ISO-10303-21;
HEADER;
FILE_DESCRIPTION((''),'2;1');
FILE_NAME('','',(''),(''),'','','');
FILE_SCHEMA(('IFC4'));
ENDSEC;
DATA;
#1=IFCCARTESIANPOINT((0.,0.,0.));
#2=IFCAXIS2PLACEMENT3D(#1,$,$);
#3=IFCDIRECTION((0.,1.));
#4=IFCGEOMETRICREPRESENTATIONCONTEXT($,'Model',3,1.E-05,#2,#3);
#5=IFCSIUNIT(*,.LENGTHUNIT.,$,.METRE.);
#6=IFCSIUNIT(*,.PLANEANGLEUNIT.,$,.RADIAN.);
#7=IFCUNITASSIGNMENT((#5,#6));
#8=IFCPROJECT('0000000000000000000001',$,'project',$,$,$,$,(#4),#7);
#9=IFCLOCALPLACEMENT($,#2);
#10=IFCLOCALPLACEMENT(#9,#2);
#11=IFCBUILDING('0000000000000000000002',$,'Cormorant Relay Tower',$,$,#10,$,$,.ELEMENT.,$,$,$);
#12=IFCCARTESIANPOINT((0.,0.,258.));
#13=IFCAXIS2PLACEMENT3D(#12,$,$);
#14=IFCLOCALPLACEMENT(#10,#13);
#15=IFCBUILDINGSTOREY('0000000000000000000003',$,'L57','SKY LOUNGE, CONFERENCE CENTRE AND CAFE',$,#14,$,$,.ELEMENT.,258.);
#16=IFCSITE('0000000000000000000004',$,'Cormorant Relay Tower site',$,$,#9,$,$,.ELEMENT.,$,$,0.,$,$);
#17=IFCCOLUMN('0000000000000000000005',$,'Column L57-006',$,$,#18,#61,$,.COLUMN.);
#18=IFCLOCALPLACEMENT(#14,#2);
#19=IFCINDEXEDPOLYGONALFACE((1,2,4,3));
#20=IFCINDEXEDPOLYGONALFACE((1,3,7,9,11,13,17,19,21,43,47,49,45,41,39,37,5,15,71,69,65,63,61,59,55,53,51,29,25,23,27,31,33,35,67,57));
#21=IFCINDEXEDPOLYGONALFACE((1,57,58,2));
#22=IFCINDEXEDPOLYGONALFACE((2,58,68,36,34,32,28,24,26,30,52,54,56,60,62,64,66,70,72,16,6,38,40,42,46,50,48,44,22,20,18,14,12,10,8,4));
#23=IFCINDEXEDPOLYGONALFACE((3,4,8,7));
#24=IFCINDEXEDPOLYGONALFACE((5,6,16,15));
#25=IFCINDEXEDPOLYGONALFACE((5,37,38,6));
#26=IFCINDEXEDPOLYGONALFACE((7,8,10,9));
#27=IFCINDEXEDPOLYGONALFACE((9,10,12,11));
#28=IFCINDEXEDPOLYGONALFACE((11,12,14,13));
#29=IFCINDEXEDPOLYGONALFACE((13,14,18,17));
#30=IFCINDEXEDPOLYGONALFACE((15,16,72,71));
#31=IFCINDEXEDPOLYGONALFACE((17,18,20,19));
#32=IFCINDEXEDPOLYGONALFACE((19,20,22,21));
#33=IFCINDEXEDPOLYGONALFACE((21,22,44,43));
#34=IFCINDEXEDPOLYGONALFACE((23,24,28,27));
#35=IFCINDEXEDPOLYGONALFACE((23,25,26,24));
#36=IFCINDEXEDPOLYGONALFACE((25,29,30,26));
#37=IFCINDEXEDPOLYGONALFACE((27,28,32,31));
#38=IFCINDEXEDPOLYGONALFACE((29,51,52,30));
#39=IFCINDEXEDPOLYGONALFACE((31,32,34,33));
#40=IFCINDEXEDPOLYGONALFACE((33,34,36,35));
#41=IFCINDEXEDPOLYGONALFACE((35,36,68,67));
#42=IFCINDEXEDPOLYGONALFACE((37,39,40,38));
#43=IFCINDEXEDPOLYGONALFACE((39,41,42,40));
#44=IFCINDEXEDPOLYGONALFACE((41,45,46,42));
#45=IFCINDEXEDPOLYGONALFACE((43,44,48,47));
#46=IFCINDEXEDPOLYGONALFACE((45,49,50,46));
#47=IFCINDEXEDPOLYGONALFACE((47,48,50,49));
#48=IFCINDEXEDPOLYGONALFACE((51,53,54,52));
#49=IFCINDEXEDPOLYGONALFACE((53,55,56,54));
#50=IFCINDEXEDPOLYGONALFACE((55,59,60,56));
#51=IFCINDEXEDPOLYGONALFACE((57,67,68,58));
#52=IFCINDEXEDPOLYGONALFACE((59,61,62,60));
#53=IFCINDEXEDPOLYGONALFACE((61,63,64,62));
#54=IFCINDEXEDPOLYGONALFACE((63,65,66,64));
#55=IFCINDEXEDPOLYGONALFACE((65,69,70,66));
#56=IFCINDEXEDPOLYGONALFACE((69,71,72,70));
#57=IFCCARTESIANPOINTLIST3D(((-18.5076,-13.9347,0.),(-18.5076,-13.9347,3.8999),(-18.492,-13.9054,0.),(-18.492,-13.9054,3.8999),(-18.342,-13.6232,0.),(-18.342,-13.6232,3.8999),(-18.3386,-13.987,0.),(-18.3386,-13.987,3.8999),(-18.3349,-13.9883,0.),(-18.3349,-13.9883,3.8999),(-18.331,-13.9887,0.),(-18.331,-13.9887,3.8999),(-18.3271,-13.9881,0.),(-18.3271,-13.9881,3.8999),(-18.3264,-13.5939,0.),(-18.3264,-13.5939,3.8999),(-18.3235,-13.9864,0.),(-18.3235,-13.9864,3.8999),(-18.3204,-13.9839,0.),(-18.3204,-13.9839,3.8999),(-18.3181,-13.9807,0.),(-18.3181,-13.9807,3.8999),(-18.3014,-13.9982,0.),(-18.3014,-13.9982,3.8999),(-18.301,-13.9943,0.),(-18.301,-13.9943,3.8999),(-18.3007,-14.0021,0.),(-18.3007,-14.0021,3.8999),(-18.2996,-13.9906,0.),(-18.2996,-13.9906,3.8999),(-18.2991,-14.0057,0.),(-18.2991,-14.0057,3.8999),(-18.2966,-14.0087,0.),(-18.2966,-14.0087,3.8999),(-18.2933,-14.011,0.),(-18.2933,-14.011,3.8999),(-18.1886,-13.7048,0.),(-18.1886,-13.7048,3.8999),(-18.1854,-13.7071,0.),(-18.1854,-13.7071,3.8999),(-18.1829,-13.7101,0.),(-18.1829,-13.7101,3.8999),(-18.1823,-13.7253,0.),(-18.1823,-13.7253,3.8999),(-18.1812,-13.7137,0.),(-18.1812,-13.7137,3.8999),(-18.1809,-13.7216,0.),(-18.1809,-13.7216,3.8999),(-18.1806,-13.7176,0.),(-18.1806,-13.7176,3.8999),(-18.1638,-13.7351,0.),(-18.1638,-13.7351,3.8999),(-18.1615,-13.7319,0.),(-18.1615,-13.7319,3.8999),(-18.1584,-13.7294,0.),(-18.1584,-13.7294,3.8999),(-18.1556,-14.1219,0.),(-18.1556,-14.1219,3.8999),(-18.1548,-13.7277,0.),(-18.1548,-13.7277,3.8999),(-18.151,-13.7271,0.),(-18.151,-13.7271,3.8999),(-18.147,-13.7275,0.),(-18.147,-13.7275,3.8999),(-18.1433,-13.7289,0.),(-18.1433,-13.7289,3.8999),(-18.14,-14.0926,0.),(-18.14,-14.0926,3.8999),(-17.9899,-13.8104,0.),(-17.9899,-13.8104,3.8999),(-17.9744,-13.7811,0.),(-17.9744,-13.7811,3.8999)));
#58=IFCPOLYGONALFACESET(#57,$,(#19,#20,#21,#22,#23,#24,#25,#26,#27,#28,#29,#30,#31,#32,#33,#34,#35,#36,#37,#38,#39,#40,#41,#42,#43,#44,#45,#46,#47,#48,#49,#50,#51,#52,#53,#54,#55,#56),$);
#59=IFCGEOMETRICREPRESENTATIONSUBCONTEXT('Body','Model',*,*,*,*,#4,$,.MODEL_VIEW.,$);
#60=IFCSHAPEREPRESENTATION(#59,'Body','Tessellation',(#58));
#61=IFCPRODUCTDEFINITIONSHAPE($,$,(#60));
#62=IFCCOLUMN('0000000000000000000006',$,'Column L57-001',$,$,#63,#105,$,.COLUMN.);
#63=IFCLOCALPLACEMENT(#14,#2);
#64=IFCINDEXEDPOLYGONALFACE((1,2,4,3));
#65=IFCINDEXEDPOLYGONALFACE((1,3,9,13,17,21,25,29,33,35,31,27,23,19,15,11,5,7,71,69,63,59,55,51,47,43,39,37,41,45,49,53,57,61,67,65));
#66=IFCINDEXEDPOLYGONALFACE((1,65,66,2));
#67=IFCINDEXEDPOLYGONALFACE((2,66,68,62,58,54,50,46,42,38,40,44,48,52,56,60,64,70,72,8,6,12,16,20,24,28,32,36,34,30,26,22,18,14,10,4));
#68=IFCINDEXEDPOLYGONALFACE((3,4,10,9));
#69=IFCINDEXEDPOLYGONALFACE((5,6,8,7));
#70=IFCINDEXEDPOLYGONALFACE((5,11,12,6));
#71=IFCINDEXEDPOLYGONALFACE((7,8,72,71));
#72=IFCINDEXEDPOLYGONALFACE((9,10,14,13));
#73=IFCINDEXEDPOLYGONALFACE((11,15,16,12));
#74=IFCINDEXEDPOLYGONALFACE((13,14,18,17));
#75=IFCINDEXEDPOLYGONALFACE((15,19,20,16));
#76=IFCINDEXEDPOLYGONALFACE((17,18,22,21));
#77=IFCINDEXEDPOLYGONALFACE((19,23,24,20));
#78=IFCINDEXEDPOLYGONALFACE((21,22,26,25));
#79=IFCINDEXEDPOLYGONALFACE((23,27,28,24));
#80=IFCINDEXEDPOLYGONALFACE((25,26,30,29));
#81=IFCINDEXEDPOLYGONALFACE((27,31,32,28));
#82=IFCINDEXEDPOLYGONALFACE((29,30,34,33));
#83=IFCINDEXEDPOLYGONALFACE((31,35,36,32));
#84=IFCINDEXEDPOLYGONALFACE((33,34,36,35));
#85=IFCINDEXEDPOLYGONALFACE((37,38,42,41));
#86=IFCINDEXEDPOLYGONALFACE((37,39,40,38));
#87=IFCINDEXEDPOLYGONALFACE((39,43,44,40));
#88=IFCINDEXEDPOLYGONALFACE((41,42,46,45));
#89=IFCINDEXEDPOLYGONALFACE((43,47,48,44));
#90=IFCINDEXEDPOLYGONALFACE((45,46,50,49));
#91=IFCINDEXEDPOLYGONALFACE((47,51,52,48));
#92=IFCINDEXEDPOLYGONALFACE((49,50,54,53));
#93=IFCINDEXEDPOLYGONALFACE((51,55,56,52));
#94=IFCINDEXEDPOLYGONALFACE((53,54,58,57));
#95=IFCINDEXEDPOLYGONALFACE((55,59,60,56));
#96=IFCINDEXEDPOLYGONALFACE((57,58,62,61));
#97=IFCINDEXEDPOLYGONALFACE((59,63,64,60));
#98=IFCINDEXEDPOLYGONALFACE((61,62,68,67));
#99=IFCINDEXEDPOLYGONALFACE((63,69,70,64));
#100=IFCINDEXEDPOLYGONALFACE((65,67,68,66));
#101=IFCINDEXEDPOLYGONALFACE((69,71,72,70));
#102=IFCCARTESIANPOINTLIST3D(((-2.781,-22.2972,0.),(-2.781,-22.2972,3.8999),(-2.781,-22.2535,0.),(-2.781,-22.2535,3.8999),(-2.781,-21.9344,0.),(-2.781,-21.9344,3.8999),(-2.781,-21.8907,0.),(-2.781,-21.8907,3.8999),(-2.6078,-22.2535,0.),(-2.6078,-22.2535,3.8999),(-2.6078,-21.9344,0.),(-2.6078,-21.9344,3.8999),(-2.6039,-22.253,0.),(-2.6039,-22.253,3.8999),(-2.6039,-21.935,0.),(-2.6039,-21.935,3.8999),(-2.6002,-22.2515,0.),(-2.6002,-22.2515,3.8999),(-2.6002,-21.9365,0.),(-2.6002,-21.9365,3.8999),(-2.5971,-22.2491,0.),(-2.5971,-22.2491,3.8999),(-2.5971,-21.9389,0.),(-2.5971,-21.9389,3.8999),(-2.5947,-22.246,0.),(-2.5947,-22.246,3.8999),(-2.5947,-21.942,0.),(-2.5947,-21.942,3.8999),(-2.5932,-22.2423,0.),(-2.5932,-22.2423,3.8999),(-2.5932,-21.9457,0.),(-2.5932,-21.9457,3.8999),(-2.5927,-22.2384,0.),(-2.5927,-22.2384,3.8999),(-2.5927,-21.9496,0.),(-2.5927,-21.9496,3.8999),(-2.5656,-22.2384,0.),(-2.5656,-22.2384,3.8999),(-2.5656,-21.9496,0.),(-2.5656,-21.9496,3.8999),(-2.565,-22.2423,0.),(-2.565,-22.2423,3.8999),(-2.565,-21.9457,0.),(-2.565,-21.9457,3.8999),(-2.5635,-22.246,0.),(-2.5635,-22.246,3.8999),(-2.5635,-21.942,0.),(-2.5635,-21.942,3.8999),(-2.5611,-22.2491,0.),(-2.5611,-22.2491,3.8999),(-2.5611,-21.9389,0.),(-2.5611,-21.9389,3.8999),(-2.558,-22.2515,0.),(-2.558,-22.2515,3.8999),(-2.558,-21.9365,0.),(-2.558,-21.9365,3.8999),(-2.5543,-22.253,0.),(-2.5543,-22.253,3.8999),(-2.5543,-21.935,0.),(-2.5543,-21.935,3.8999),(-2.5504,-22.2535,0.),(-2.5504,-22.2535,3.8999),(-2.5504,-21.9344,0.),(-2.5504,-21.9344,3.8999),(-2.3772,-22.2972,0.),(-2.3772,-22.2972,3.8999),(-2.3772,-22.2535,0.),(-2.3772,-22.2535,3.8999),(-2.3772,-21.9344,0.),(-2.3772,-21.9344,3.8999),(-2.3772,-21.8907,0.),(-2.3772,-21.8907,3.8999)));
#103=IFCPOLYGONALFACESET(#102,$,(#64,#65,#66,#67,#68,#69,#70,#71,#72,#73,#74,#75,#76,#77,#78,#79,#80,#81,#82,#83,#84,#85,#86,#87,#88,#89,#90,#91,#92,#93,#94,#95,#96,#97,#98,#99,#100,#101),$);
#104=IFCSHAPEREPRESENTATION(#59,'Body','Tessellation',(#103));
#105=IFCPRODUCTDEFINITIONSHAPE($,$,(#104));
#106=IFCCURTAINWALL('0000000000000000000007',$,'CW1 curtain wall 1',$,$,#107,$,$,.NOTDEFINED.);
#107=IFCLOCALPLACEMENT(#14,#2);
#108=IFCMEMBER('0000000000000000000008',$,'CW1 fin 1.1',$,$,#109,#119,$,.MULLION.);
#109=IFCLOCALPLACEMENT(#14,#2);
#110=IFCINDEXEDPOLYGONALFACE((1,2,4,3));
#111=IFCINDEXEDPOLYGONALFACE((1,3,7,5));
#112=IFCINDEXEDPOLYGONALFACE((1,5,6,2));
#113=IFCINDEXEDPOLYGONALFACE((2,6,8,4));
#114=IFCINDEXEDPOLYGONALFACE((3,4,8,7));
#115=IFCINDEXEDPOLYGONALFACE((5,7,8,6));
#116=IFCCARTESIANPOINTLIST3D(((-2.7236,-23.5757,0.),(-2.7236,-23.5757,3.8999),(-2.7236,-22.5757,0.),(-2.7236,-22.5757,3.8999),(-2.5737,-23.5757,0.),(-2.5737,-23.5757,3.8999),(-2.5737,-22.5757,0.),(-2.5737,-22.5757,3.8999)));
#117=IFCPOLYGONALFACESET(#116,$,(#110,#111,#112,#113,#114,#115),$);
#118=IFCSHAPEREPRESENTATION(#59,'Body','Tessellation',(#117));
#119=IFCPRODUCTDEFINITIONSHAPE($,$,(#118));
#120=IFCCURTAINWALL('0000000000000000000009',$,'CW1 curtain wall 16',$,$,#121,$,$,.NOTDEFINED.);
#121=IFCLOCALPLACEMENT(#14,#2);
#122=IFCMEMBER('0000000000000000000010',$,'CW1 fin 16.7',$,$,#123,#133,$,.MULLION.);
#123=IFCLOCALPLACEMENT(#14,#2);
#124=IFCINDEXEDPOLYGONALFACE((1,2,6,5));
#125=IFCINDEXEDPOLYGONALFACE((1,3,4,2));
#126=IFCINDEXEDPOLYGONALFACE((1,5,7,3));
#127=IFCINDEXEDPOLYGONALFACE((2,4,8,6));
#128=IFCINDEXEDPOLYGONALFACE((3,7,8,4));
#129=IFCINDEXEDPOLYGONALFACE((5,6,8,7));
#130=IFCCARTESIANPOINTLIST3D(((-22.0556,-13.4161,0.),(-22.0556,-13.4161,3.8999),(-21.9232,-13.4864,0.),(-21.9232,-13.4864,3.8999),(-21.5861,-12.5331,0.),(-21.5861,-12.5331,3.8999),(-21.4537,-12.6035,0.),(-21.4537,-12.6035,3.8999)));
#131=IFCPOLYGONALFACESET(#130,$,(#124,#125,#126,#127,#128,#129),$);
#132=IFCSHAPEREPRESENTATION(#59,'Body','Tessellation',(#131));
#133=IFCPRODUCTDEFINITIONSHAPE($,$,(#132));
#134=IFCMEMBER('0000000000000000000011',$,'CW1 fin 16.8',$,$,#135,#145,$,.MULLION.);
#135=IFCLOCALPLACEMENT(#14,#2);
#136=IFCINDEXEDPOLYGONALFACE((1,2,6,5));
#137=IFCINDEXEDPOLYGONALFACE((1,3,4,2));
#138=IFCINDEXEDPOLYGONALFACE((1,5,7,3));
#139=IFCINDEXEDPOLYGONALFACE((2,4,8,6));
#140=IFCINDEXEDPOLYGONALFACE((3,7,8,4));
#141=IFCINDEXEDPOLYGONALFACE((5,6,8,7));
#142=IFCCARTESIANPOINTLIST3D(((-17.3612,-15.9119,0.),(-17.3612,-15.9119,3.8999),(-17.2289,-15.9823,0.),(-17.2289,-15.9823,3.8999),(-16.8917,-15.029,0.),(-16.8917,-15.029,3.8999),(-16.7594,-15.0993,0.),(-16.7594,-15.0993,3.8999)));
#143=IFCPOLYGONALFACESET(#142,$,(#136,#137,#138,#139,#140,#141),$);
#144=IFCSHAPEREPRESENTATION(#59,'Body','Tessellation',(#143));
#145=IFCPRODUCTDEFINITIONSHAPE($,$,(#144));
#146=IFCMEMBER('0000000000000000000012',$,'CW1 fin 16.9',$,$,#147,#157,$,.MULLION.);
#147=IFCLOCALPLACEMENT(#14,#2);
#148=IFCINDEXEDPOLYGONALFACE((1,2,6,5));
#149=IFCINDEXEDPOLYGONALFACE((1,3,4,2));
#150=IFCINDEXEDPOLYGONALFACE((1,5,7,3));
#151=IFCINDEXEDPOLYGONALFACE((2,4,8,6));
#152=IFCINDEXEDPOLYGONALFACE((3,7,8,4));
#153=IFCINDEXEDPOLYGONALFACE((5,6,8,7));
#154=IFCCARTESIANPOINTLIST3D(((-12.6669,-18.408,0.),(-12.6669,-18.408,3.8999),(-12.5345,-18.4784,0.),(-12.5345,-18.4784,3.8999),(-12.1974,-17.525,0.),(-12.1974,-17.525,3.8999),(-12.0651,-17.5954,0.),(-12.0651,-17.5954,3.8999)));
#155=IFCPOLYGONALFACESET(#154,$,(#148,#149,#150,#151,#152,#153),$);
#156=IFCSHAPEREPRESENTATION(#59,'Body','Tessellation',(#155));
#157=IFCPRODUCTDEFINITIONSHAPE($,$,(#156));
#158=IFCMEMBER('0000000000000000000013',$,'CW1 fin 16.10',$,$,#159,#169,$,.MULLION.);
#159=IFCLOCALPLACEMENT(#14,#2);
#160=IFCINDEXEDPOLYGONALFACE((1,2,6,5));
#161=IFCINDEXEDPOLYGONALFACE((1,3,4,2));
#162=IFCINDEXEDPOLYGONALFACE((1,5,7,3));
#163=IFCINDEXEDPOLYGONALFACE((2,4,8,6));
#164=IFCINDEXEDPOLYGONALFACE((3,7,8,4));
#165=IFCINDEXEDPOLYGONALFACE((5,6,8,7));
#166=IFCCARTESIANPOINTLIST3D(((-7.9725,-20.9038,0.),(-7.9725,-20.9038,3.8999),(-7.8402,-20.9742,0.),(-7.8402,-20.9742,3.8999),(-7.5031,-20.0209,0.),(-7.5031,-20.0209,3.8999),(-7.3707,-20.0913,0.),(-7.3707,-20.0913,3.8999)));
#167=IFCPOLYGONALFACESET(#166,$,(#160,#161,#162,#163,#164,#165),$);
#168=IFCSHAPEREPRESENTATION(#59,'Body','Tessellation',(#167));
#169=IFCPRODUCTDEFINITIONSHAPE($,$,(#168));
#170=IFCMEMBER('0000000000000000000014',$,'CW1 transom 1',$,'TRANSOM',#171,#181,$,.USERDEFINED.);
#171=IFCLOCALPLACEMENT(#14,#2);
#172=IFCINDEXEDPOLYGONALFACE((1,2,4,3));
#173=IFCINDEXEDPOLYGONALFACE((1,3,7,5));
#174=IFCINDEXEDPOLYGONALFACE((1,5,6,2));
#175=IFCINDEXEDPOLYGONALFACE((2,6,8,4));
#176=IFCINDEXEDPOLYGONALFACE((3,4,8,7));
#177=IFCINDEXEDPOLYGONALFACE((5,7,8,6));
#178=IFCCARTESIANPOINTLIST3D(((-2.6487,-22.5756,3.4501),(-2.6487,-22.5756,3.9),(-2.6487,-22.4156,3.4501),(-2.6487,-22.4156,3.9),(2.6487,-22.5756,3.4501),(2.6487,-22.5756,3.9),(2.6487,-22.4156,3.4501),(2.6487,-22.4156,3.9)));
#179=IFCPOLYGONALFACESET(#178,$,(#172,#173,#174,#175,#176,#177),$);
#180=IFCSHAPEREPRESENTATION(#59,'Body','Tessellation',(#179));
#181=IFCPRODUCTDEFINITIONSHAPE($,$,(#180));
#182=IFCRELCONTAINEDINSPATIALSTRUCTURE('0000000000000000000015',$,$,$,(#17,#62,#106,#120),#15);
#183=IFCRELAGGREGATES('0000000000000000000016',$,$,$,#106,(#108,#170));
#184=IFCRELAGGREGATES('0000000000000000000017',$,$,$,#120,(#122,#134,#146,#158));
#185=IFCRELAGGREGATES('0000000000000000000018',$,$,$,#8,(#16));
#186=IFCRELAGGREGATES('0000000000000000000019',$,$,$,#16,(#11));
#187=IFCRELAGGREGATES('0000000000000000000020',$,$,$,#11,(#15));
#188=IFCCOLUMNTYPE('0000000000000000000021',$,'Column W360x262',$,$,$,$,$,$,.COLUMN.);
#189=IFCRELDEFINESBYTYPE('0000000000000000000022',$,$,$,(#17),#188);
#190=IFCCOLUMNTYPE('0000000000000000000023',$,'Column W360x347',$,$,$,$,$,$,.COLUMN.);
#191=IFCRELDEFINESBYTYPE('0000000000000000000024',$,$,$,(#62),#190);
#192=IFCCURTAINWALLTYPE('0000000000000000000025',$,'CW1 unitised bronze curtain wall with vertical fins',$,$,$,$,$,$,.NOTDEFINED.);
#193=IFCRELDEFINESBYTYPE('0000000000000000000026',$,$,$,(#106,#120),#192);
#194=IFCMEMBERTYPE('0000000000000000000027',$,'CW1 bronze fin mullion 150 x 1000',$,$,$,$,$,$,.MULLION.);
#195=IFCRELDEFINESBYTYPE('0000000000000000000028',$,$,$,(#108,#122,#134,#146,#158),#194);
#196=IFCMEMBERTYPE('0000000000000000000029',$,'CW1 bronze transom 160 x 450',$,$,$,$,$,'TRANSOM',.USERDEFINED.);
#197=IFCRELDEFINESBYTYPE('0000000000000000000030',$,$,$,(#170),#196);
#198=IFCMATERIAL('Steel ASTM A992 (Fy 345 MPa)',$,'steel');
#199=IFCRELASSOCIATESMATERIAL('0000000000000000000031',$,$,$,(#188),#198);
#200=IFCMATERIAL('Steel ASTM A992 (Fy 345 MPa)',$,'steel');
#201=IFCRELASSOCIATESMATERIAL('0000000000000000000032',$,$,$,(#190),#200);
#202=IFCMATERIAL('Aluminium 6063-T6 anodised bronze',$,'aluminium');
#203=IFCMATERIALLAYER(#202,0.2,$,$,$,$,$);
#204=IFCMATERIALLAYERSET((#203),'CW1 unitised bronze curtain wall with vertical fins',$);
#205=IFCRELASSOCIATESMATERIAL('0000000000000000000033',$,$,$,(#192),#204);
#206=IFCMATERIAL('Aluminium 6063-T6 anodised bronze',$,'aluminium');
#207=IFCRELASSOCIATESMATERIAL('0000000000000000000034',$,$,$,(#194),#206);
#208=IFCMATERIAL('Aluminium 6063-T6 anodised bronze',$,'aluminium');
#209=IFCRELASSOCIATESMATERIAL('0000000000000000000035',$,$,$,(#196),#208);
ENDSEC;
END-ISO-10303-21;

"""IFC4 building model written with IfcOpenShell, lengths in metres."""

from ifc_helpers import new_model, si_unit, direction, frame, origin, origin_2d, place, context, subcontext, project, spatial, rectangle, i_section, extrude, material, layer, layer_set, material_profile, profile_set, type_object, element, aggregate, save


model = new_model("IFC4")

# Units and contexts
model_context = context("Model", 3, precision=1e-05, world=origin(), true_north=direction((0.0, 1.0)))
body_context = subcontext(model_context, "Body", "Model", "MODEL_VIEW")
ifc_project = project(units=[si_unit("LENGTHUNIT", "METRE"), si_unit("PLANEANGLEUNIT", "RADIAN")], contexts=[model_context])

# Site, building, storey
site_placement = place(None, origin())
site = spatial("IfcSite", under=ifc_project, at=site_placement, Name="Cormorant Relay Tower site", CompositionType="ELEMENT", RefElevation=0.0)
building_placement = place(site_placement, origin())
building = spatial("IfcBuilding", under=site, at=building_placement, Name="Cormorant Relay Tower", CompositionType="ELEMENT")
storey_placement = place(building_placement, frame((0.0, 0.0, 258.0)))
storey = spatial("IfcBuildingStorey", under=building, at=storey_placement, Name="L57", Description="SKY LOUNGE, CONFERENCE CENTRE AND CAFE", CompositionType="ELEMENT", Elevation=258.0)

# Columns
ifc_material_1 = material(Name="Steel ASTM A992 (Fy 345 MPa)", Category="steel")
ifc_material_profile_1 = material_profile(ifc_material_1, i_section(OverallWidth=0.3987, OverallDepth=0.386, WebThickness=0.021, FlangeThickness=0.0332, FilletRadius=0.0151, at=origin_2d()), Name="W360x262")
ifc_profile_set_1 = profile_set([ifc_material_profile_1], Name="Steel ASTM A992 (Fy 345 MPa)")
column_type_1 = type_object("IfcColumnType", Name="Column W360x262", PredefinedType="COLUMN", material=ifc_profile_set_1)
for number, where, z_axis, x_axis, name in (
    (1, (-18.241, -13.8579, 0.0), (0.0, 0.0, 1.0), (0.882948, -0.469472, 0.0), "Column L57-006"),
):
    element("IfcColumn", number, at=place(storey_placement, frame(where, z_axis=z_axis, x_axis=x_axis)), inside=storey, type_object=column_type_1, Name=name, PredefinedType="COLUMN", context=body_context, shape_type="SweptSolid", body=[
        extrude(i_section(OverallWidth=0.3987, OverallDepth=0.386, WebThickness=0.021, FlangeThickness=0.0332, FilletRadius=0.0151, at=origin_2d()), origin(), (0.0, 0.0, 1.0), 3.8999),
    ])
ifc_material_2 = material(Name="Steel ASTM A992 (Fy 345 MPa)", Category="steel")
ifc_material_profile_2 = material_profile(ifc_material_2, i_section(OverallWidth=0.4038, OverallDepth=0.4065, WebThickness=0.0271, FlangeThickness=0.0437, FilletRadius=0.0151, at=origin_2d()), Name="W360x347")
ifc_profile_set_2 = profile_set([ifc_material_profile_2], Name="Steel ASTM A992 (Fy 345 MPa)")
column_type_2 = type_object("IfcColumnType", Name="Column W360x347", PredefinedType="COLUMN", material=ifc_profile_set_2)
column_placement = place(storey_placement, frame((-2.5791, -22.094, 0.0), z_axis=(0.0, 0.0, 1.0), x_axis=(1.0, 0.0, 0.0)))
element("IfcColumn", 2, at=column_placement, inside=storey, type_object=column_type_2, Name="Column L57-001", PredefinedType="COLUMN", context=body_context, shape_type="SweptSolid", body=[
    extrude(i_section(OverallWidth=0.4038, OverallDepth=0.4065, WebThickness=0.0271, FlangeThickness=0.0437, FilletRadius=0.0151, at=origin_2d()), origin(), (0.0, 0.0, 1.0), 3.8999),
])

# Curtain wall, member
ifc_material_3 = material(Name="Aluminium 6063-T6 anodised bronze", Category="aluminium")
ifc_layer_1 = layer(ifc_material_3, 0.2)
ifc_layer_set_1 = layer_set([ifc_layer_1], Name="CW1 unitised bronze curtain wall with vertical fins")
curtain_wall_type = type_object("IfcCurtainWallType", Name="CW1 unitised bronze curtain wall with vertical fins", PredefinedType="NOTDEFINED", material=ifc_layer_set_1)
curtain_wall_1_placement = place(storey_placement, origin())
curtain_wall_1 = element("IfcCurtainWall", 3, at=curtain_wall_1_placement, inside=storey, type_object=curtain_wall_type, Name="CW1 curtain wall 1", PredefinedType="NOTDEFINED")
ifc_material_4 = material(Name="Aluminium 6063-T6 anodised bronze", Category="aluminium")
ifc_material_profile_3 = material_profile(ifc_material_4, rectangle(XDim=0.1499, YDim=1.0, at=origin_2d()), Name="AL 150x1000")
ifc_profile_set_3 = profile_set([ifc_material_profile_3], Name="Aluminium 6063-T6 anodised bronze")
member_type_1 = type_object("IfcMemberType", Name="CW1 bronze fin mullion 150 x 1000", PredefinedType="MULLION", material=ifc_profile_set_3)
member_1_placement = place(storey_placement, frame((-2.6487, -23.0757, 0.0), z_axis=(0.0, 0.0, 1.0), x_axis=(1.0, 0.0, 0.0)))
member_1 = element("IfcMember", 4, at=member_1_placement, type_object=member_type_1, Name="CW1 fin 1.1", PredefinedType="MULLION", context=body_context, shape_type="SweptSolid", body=[
    extrude(rectangle(XDim=0.1499, YDim=1.0, at=origin_2d()), origin(), (0.0, 0.0, 1.0), 3.8999),
])

# Curtain wall, members
curtain_wall_2_placement = place(storey_placement, origin())
curtain_wall_2 = element("IfcCurtainWall", 5, at=curtain_wall_2_placement, inside=storey, type_object=curtain_wall_type, Name="CW1 curtain wall 16", PredefinedType="NOTDEFINED")
member_2_placement = place(storey_placement, frame((-21.7546, -13.0098, 0.0), z_axis=(0.0, 0.0, 1.0), x_axis=(0.882948, -0.469472, 0.0)))
member_2 = element("IfcMember", 6, at=member_2_placement, type_object=member_type_1, Name="CW1 fin 16.7", PredefinedType="MULLION", context=body_context, shape_type="SweptSolid", body=[
    extrude(rectangle(XDim=0.1499, YDim=1.0, at=origin_2d()), origin(), (0.0, 0.0, 1.0), 3.8999),
])
member_3_placement = place(storey_placement, frame((-17.0603, -15.5056, 0.0), z_axis=(0.0, 0.0, 1.0), x_axis=(0.882948, -0.469472, 0.0)))
member_3 = element("IfcMember", 7, at=member_3_placement, type_object=member_type_1, Name="CW1 fin 16.8", PredefinedType="MULLION", context=body_context, shape_type="SweptSolid", body=[
    extrude(rectangle(XDim=0.1499, YDim=1.0, at=origin_2d()), origin(), (0.0, 0.0, 1.0), 3.8999),
])
member_4_placement = place(storey_placement, frame((-12.366, -18.0017, 0.0), z_axis=(0.0, 0.0, 1.0), x_axis=(0.882948, -0.469472, 0.0)))
member_4 = element("IfcMember", 8, at=member_4_placement, type_object=member_type_1, Name="CW1 fin 16.9", PredefinedType="MULLION", context=body_context, shape_type="SweptSolid", body=[
    extrude(rectangle(XDim=0.1499, YDim=1.0, at=origin_2d()), origin(), (0.0, 0.0, 1.0), 3.8999),
])
member_5_placement = place(storey_placement, frame((-7.6716, -20.4976, 0.0), z_axis=(0.0, 0.0, 1.0), x_axis=(0.882948, -0.469472, 0.0)))
member_5 = element("IfcMember", 9, at=member_5_placement, type_object=member_type_1, Name="CW1 fin 16.10", PredefinedType="MULLION", context=body_context, shape_type="SweptSolid", body=[
    extrude(rectangle(XDim=0.1499, YDim=1.0, at=origin_2d()), origin(), (0.0, 0.0, 1.0), 3.8999),
])

# Member
ifc_material_5 = material(Name="Aluminium 6063-T6 anodised bronze", Category="aluminium")
ifc_material_profile_4 = material_profile(ifc_material_5, rectangle(XDim=0.1599, YDim=0.45, at=origin_2d()), Name="AL 160x450")
ifc_profile_set_4 = profile_set([ifc_material_profile_4], Name="Aluminium 6063-T6 anodised bronze")
member_type_2 = type_object("IfcMemberType", Name="CW1 bronze transom 160 x 450", ElementType="TRANSOM", PredefinedType="USERDEFINED", material=ifc_profile_set_4)
member_6_placement = place(storey_placement, frame((-2.6487, -22.4956, 3.675), z_axis=(1.0, 0.0, 0.0), x_axis=(0.0, 1.0, 0.0)))
member_6 = element("IfcMember", 10, at=member_6_placement, type_object=member_type_2, Name="CW1 transom 1", ObjectType="TRANSOM", PredefinedType="USERDEFINED", context=body_context, shape_type="SweptSolid", body=[
    extrude(rectangle(XDim=0.1599, YDim=0.45, at=origin_2d()), origin(), (0.0, 0.0, 1.0), 5.2974),
])
aggregate(curtain_wall_1, [member_1, member_6])

aggregate(curtain_wall_2, [member_2, member_3, member_4, member_5])

save(model, "model.ifc")
